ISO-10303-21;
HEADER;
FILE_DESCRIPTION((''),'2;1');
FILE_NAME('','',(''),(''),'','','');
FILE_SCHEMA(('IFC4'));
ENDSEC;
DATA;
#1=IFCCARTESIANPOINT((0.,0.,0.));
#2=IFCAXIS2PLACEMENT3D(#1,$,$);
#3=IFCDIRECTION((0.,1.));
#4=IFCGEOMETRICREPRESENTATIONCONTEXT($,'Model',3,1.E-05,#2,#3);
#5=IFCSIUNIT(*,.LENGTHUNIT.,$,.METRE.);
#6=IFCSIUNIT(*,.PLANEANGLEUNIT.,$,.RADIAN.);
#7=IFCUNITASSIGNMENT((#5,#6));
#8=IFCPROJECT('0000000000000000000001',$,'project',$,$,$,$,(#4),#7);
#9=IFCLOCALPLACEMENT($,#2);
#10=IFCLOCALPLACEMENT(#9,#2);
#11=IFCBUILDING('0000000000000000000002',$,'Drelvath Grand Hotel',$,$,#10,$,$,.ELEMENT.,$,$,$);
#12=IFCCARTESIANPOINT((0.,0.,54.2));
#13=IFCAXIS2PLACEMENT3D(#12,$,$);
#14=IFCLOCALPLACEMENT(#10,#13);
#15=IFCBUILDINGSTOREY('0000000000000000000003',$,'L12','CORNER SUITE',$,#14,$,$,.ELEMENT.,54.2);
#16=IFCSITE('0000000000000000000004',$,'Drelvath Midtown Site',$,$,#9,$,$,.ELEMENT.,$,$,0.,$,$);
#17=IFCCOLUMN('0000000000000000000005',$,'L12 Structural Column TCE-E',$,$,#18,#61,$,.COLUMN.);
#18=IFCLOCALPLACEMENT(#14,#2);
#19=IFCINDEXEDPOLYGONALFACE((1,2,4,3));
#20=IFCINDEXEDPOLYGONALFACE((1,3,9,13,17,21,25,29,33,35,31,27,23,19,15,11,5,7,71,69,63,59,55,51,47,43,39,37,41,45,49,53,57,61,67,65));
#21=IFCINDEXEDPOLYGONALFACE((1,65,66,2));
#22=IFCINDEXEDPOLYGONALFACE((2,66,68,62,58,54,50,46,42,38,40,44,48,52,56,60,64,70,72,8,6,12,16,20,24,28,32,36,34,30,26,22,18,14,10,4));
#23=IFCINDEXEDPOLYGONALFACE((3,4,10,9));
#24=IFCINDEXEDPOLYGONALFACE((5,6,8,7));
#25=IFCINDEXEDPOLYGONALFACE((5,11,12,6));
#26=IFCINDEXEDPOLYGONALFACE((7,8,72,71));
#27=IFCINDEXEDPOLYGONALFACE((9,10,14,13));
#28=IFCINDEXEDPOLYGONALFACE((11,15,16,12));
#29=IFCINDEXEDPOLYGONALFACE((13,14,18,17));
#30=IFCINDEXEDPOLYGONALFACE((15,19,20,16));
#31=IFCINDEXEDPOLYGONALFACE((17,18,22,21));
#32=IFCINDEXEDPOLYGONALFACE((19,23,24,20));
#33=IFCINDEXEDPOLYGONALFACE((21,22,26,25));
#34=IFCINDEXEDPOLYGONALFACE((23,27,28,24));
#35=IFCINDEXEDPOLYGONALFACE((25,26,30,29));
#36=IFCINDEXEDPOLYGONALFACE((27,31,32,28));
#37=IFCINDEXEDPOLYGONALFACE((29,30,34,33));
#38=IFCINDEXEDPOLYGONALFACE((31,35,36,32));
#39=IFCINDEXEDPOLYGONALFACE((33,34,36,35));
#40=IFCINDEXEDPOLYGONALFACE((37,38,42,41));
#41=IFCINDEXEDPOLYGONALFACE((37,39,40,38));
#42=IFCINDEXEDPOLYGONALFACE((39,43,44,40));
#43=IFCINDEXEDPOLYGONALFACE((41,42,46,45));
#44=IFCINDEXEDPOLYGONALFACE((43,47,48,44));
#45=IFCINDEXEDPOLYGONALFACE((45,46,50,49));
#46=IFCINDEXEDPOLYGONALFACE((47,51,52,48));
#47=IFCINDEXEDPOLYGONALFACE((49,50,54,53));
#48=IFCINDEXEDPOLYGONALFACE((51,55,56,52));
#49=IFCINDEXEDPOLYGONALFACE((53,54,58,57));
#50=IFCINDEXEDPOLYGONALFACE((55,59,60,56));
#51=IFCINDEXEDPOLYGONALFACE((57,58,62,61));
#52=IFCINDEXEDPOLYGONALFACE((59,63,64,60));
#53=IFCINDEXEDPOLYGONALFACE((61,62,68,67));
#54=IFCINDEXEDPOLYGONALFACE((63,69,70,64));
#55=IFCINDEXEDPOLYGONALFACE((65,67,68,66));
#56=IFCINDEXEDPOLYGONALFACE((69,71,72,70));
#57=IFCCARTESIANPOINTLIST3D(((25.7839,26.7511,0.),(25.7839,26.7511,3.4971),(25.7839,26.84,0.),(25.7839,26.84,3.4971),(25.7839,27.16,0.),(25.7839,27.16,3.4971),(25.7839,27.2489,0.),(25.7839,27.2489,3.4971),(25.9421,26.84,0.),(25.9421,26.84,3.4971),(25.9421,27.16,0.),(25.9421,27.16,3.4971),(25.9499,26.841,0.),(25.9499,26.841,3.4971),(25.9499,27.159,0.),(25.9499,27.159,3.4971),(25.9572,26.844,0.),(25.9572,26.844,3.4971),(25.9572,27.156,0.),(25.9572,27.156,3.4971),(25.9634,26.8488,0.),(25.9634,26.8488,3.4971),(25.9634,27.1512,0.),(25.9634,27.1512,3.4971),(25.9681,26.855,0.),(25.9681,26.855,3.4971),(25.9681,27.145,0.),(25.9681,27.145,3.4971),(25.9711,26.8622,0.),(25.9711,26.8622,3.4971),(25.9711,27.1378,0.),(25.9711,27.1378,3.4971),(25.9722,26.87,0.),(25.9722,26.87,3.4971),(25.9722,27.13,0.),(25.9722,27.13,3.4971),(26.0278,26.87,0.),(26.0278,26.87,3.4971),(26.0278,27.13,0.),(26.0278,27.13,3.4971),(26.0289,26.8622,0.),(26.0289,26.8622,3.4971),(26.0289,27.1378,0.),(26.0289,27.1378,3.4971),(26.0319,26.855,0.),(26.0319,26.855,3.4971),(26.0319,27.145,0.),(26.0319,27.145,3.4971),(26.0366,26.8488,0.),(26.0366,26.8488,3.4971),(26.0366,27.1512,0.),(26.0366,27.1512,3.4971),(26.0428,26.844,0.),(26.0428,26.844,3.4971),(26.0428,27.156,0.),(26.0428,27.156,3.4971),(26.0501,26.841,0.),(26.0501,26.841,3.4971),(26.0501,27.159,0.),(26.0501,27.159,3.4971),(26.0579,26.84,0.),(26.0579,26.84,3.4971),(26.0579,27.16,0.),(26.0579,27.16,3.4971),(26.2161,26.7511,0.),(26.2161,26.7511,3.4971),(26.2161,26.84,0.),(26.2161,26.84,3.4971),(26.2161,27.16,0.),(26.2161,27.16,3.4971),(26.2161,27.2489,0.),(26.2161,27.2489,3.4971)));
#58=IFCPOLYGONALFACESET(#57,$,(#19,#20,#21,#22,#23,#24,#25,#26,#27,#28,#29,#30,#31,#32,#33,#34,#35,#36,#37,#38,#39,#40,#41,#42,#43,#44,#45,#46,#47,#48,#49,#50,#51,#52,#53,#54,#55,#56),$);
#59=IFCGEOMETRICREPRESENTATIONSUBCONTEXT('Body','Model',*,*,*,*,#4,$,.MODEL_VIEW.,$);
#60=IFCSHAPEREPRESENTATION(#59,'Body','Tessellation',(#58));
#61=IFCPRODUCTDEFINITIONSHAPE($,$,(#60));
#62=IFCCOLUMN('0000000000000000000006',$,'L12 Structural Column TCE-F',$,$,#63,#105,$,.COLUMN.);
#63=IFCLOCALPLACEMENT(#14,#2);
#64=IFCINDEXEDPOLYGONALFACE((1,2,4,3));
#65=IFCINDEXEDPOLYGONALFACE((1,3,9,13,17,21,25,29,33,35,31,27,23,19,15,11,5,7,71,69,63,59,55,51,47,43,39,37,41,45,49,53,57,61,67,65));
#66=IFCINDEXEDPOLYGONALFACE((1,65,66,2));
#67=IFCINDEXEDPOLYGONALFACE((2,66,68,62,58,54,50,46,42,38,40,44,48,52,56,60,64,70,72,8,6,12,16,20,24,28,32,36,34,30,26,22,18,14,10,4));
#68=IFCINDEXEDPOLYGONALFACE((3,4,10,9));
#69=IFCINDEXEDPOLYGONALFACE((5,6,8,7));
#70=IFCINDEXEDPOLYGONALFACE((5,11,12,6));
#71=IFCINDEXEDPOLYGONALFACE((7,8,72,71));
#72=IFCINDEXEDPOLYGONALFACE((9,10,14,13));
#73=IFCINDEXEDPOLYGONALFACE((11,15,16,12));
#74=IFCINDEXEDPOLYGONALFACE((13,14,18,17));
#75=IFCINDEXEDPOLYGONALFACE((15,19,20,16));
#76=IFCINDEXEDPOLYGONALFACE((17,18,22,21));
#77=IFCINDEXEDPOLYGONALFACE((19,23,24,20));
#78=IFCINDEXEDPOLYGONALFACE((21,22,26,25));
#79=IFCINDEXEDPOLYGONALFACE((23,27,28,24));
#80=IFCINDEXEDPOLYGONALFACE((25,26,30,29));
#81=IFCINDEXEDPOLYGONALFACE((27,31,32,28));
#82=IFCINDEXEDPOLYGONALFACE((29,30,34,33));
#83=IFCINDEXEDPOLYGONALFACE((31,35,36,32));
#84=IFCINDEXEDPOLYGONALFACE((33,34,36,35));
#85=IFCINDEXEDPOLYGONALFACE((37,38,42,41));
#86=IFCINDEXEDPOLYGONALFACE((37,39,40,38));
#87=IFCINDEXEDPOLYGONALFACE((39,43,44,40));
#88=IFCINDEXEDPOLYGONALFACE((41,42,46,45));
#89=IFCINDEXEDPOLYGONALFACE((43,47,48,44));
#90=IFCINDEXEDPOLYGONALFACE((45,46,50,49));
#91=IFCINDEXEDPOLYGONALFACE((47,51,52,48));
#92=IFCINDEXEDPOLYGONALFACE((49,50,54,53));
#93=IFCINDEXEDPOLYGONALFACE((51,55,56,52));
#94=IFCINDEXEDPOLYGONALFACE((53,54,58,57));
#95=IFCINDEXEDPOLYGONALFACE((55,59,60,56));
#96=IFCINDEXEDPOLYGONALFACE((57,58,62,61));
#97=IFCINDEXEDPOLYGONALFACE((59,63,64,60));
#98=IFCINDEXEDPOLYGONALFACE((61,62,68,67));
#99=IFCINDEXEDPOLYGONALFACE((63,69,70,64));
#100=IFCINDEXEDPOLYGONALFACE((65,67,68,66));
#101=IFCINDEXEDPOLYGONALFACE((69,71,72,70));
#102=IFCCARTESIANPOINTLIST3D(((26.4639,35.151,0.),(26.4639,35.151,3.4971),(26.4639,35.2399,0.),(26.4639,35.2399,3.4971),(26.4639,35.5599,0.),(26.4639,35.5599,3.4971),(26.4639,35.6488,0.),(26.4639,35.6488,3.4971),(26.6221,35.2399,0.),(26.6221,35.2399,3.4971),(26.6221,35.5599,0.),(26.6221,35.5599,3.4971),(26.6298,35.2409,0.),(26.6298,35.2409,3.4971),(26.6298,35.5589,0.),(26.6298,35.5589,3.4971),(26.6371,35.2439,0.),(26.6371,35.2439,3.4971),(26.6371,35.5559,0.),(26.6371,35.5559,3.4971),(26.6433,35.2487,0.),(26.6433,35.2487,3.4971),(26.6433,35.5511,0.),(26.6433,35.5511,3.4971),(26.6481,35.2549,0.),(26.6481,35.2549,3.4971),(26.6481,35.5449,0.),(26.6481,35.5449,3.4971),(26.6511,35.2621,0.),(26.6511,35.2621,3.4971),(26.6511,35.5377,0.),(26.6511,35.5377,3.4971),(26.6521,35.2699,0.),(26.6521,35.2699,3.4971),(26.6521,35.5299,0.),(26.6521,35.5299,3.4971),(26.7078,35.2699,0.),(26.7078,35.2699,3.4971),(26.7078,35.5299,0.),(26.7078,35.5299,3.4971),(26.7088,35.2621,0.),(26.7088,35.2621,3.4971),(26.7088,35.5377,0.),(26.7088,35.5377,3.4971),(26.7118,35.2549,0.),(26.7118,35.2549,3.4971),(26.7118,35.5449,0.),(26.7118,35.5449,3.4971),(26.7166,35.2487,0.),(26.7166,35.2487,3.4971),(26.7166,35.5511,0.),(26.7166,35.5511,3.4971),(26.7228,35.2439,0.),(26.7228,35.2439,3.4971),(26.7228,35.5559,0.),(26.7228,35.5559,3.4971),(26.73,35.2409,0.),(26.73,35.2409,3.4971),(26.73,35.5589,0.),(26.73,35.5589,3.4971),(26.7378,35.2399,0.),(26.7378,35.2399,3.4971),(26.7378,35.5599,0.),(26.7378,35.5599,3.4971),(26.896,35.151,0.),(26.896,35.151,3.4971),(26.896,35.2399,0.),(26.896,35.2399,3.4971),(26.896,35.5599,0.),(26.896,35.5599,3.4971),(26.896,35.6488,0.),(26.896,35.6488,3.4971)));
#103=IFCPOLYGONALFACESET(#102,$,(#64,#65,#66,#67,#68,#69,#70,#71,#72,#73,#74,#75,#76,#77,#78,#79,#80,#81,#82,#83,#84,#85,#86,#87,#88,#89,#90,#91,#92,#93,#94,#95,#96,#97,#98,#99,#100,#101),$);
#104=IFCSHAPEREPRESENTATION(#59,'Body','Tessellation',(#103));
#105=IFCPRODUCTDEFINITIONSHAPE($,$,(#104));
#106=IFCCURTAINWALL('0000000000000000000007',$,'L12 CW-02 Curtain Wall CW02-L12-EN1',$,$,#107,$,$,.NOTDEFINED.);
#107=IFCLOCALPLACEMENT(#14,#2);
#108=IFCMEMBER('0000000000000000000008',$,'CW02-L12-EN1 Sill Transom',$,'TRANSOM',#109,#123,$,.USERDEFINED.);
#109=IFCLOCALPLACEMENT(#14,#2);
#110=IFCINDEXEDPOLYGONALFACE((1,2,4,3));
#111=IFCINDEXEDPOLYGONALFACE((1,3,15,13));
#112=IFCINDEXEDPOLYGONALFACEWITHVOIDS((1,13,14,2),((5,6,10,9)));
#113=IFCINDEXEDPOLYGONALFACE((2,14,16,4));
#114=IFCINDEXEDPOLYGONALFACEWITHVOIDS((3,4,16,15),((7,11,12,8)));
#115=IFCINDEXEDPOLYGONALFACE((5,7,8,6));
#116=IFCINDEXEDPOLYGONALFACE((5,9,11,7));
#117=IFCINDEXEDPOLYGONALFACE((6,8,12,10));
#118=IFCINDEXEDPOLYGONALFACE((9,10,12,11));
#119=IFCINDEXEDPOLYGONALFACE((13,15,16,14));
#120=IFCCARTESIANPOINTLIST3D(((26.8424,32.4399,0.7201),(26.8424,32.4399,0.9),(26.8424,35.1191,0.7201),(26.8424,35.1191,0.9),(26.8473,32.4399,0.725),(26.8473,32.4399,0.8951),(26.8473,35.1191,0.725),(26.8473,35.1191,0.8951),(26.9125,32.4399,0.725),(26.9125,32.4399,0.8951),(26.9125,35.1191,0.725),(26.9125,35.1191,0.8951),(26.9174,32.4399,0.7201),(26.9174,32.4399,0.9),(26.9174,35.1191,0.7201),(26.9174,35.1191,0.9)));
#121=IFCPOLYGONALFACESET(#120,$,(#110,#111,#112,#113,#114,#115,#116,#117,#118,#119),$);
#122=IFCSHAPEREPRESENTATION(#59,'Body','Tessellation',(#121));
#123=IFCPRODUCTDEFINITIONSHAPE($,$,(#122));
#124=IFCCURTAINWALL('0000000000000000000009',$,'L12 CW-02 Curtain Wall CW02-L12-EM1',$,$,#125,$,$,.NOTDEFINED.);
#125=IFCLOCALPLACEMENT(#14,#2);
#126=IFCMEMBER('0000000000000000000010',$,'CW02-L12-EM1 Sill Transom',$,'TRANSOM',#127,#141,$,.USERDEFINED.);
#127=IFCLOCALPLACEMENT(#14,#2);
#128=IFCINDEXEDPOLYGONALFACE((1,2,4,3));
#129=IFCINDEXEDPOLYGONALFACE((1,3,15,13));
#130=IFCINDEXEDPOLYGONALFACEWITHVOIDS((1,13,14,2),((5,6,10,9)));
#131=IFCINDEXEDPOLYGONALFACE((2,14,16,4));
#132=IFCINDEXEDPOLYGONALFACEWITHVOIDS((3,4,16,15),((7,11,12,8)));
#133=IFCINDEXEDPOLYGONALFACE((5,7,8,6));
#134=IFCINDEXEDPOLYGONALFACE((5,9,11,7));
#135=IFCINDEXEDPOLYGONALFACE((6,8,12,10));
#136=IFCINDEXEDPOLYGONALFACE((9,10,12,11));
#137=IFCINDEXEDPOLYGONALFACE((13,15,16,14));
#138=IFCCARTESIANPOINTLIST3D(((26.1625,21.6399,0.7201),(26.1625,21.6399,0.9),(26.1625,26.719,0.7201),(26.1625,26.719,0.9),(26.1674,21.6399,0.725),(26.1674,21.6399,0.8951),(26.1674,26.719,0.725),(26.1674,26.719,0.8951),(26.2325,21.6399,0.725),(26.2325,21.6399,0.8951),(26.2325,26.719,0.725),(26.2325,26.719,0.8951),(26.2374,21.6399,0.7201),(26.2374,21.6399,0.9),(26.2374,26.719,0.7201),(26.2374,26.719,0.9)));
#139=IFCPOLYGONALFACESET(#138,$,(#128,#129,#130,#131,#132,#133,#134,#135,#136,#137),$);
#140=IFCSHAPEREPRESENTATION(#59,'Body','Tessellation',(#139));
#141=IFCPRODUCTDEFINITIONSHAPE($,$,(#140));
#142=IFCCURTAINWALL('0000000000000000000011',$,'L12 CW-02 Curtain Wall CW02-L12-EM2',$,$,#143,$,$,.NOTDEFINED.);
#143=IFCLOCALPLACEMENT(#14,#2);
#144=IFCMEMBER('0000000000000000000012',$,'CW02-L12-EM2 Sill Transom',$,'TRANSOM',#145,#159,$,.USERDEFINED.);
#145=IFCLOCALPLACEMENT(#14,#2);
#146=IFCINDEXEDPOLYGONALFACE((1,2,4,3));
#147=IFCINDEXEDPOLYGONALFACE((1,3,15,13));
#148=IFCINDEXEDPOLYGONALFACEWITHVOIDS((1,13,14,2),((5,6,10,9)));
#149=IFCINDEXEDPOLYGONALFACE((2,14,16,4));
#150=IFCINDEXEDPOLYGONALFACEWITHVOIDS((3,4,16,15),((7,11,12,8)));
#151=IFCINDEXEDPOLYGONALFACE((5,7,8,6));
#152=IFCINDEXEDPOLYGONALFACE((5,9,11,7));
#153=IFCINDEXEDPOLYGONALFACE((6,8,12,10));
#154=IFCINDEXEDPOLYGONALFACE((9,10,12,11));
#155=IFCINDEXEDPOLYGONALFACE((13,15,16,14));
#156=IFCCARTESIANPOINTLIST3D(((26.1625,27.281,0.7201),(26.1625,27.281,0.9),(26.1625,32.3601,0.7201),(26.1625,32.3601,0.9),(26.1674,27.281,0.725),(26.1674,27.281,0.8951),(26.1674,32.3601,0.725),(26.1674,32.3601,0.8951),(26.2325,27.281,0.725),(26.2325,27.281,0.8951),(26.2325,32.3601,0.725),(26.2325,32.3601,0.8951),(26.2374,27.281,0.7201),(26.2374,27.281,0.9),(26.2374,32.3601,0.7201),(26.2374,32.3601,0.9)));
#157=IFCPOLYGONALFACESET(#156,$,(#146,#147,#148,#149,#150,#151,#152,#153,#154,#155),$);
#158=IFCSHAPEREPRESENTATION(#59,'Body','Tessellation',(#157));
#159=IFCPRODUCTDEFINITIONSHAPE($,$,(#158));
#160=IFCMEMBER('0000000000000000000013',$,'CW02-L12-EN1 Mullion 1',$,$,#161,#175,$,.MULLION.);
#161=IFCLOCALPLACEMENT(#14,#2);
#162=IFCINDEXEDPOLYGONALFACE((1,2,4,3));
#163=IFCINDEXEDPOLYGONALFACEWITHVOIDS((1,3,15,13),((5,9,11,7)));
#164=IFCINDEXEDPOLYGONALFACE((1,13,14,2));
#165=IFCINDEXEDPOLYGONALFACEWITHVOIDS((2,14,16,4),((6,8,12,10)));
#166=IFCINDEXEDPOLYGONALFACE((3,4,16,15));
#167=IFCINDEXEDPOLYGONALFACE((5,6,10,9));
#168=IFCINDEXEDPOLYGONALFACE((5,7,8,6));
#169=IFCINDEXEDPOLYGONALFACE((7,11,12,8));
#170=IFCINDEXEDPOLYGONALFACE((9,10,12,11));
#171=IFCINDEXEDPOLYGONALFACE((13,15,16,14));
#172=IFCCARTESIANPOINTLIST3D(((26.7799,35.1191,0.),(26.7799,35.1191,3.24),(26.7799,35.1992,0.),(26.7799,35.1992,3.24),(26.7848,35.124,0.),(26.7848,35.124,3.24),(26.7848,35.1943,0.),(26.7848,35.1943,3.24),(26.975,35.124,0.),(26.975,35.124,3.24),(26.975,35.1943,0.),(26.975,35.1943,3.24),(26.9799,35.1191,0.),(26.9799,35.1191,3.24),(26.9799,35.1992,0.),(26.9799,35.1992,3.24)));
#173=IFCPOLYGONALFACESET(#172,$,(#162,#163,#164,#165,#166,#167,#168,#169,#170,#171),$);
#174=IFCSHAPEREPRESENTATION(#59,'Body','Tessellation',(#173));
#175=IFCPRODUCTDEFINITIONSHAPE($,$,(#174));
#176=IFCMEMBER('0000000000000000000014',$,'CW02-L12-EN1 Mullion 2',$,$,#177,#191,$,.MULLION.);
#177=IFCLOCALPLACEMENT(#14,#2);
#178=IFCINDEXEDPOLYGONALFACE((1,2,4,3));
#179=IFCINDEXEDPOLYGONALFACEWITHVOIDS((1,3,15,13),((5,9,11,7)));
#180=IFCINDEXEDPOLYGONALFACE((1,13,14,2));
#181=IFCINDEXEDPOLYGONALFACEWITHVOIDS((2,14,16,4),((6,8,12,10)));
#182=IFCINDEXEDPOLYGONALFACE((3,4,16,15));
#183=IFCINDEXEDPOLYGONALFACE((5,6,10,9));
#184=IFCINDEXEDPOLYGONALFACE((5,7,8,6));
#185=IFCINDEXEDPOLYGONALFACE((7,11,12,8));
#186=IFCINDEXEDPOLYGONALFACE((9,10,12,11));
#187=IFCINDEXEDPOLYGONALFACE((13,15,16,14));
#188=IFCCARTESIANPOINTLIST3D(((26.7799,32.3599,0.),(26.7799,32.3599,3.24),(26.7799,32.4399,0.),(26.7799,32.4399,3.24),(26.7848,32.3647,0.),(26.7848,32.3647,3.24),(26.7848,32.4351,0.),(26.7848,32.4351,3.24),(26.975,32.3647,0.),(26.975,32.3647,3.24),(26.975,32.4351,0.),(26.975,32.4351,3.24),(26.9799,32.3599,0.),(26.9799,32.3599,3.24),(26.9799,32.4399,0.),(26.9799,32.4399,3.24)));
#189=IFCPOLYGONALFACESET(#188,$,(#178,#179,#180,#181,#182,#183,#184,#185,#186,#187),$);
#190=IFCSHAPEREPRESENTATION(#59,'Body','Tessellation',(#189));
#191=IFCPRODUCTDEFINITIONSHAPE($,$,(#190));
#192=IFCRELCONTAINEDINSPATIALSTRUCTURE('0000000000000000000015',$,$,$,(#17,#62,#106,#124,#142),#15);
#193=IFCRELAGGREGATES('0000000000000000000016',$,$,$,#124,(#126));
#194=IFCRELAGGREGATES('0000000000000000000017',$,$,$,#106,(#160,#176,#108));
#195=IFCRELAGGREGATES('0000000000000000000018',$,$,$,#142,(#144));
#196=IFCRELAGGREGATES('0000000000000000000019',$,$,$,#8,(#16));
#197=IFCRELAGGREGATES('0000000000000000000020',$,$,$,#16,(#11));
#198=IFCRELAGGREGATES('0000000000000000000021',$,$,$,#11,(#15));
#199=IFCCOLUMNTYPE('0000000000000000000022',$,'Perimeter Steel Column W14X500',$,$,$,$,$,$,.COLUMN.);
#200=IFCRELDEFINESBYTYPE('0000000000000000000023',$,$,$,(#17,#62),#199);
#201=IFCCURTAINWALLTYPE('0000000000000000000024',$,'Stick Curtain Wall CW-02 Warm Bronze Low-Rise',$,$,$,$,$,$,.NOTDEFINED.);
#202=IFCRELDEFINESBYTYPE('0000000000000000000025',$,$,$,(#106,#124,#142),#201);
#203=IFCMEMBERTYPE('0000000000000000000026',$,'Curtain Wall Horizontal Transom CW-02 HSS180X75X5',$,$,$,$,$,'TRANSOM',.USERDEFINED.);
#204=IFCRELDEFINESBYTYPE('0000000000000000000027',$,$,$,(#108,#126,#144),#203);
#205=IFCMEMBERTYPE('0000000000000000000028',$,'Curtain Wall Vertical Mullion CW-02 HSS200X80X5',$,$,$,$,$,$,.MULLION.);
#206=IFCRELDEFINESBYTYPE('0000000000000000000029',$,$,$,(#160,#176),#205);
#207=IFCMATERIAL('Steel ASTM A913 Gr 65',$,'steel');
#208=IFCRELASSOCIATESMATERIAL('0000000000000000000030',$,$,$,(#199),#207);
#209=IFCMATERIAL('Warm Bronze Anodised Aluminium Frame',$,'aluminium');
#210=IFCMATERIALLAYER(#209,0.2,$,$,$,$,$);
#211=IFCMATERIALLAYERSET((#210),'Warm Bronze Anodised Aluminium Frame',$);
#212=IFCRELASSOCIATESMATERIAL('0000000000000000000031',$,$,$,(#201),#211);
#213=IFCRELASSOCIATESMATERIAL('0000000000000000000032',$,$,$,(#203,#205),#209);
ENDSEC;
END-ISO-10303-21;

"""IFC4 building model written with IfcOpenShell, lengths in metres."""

from ifc_helpers import new_model, si_unit, direction, frame, origin, origin_2d, place, context, subcontext, project, spatial, hollow_rectangle, i_section, extrude, material, layer, layer_set, material_profile, profile_set, type_object, element, aggregate, save


model = new_model("IFC4")

# Units and contexts
model_context = context("Model", 3, precision=1e-05, world=origin(), true_north=direction((0.0, 1.0)))
body_context = subcontext(model_context, "Body", "Model", "MODEL_VIEW")
ifc_project = project(units=[si_unit("LENGTHUNIT", "METRE"), si_unit("PLANEANGLEUNIT", "RADIAN")], contexts=[model_context])

# Site, building, storey
site_placement = place(None, origin())
site = spatial("IfcSite", under=ifc_project, at=site_placement, Name="Drelvath Midtown Site", CompositionType="ELEMENT", RefElevation=0.0)
building_placement = place(site_placement, origin())
building = spatial("IfcBuilding", under=site, at=building_placement, Name="Drelvath Grand Hotel", CompositionType="ELEMENT")
storey_placement = place(building_placement, frame((0.0, 0.0, 54.2)))
storey = spatial("IfcBuildingStorey", under=building, at=storey_placement, Name="L12", Description="CORNER SUITE", CompositionType="ELEMENT", Elevation=54.2)

# Columns
ifc_material_1 = material(Name="Steel ASTM A913 Gr 65", Category="steel")
ifc_material_profile_1 = material_profile(ifc_material_1, i_section(OverallWidth=0.4321, OverallDepth=0.4978, WebThickness=0.0557, FlangeThickness=0.0889, FilletRadius=0.03, at=origin_2d()), Name="W14X500")
ifc_profile_set_1 = profile_set([ifc_material_profile_1], Name="Steel ASTM A913 Gr 65")
column_type = type_object("IfcColumnType", Name="Perimeter Steel Column W14X500", PredefinedType="COLUMN", material=ifc_profile_set_1)
for number, where, z_axis, x_axis, name in (
    (1, (26.0, 27.0, 0.0), (0.0, 0.0, 1.0), (1.0, 0.0, 0.0), "L12 Structural Column TCE-E"),
    (2, (26.6799, 35.3999, 0.0), (0.0, 0.0, 1.0), (1.0, 0.0, 0.0), "L12 Structural Column TCE-F"),
):
    element("IfcColumn", number, at=place(storey_placement, frame(where, z_axis=z_axis, x_axis=x_axis)), inside=storey, type_object=column_type, Name=name, PredefinedType="COLUMN", context=body_context, shape_type="SweptSolid", body=[
        extrude(i_section(OverallWidth=0.4321, OverallDepth=0.4978, WebThickness=0.0557, FlangeThickness=0.0889, FilletRadius=0.03, at=origin_2d()), origin(), (0.0, 0.0, 1.0), 3.4971),
    ])

# Curtain walls, members
ifc_material_2 = material(Name="Warm Bronze Anodised Aluminium Frame", Category="aluminium")
ifc_layer_1 = layer(ifc_material_2, 0.2)
ifc_layer_set_1 = layer_set([ifc_layer_1], Name="Warm Bronze Anodised Aluminium Frame")
curtain_wall_type = type_object("IfcCurtainWallType", Name="Stick Curtain Wall CW-02 Warm Bronze Low-Rise", PredefinedType="NOTDEFINED", material=ifc_layer_set_1)
curtain_wall_1_placement = place(storey_placement, origin())
curtain_wall_1 = element("IfcCurtainWall", 3, at=curtain_wall_1_placement, inside=storey, type_object=curtain_wall_type, Name="L12 CW-02 Curtain Wall CW02-L12-EN1", PredefinedType="NOTDEFINED")
ifc_material_profile_2 = material_profile(ifc_material_2, hollow_rectangle(XDim=0.075, YDim=0.1799, WallThickness=0.0049, at=origin_2d()), Name="HSS180X75X5")
ifc_profile_set_2 = profile_set([ifc_material_profile_2], Name="Warm Bronze Anodised Aluminium Frame")
member_type_1 = type_object("IfcMemberType", Name="Curtain Wall Horizontal Transom CW-02 HSS180X75X5", ElementType="TRANSOM", PredefinedType="USERDEFINED", material=ifc_profile_set_2)
member_1_placement = place(storey_placement, frame((26.8799, 35.1191, 0.8101), z_axis=(0.0, -1.0, 0.0), x_axis=(1.0, 0.0, 0.0)))
member_1 = element("IfcMember", 4, at=member_1_placement, type_object=member_type_1, Name="CW02-L12-EN1 Sill Transom", ObjectType="TRANSOM", PredefinedType="USERDEFINED", context=body_context, shape_type="SweptSolid", body=[
    extrude(hollow_rectangle(XDim=0.075, YDim=0.1799, WallThickness=0.0049, at=origin_2d()), origin(), (0.0, 0.0, 1.0), 2.6792),
])
curtain_wall_2_placement = place(storey_placement, origin())
curtain_wall_2 = element("IfcCurtainWall", 5, at=curtain_wall_2_placement, inside=storey, type_object=curtain_wall_type, Name="L12 CW-02 Curtain Wall CW02-L12-EM1", PredefinedType="NOTDEFINED")
member_2_placement = place(storey_placement, frame((26.2, 26.719, 0.8101), z_axis=(0.0, -1.0, 0.0), x_axis=(1.0, 0.0, 0.0)))
member_2 = element("IfcMember", 6, at=member_2_placement, type_object=member_type_1, Name="CW02-L12-EM1 Sill Transom", ObjectType="TRANSOM", PredefinedType="USERDEFINED", context=body_context, shape_type="SweptSolid", body=[
    extrude(hollow_rectangle(XDim=0.075, YDim=0.1799, WallThickness=0.0049, at=origin_2d()), origin(), (0.0, 0.0, 1.0), 5.0791),
])
curtain_wall_3_placement = place(storey_placement, origin())
curtain_wall_3 = element("IfcCurtainWall", 7, at=curtain_wall_3_placement, inside=storey, type_object=curtain_wall_type, Name="L12 CW-02 Curtain Wall CW02-L12-EM2", PredefinedType="NOTDEFINED")
member_3_placement = place(storey_placement, frame((26.2, 32.3601, 0.8101), z_axis=(0.0, -1.0, 0.0), x_axis=(1.0, 0.0, 0.0)))
member_3 = element("IfcMember", 8, at=member_3_placement, type_object=member_type_1, Name="CW02-L12-EM2 Sill Transom", ObjectType="TRANSOM", PredefinedType="USERDEFINED", context=body_context, shape_type="SweptSolid", body=[
    extrude(hollow_rectangle(XDim=0.075, YDim=0.1799, WallThickness=0.0049, at=origin_2d()), origin(), (0.0, 0.0, 1.0), 5.0791),
])

# Members
ifc_material_profile_3 = material_profile(ifc_material_2, hollow_rectangle(XDim=0.0801, YDim=0.2, WallThickness=0.0049, at=origin_2d()), Name="HSS200X80X5")
ifc_profile_set_3 = profile_set([ifc_material_profile_3], Name="Warm Bronze Anodised Aluminium Frame")
member_type_2 = type_object("IfcMemberType", Name="Curtain Wall Vertical Mullion CW-02 HSS200X80X5", PredefinedType="MULLION", material=ifc_profile_set_3)
member_4_placement = place(storey_placement, frame((26.8799, 35.1592, 0.0), z_axis=(0.0, 0.0, 1.0), x_axis=(0.0, 1.0, 0.0)))
member_4 = element("IfcMember", 9, at=member_4_placement, type_object=member_type_2, Name="CW02-L12-EN1 Mullion 1", PredefinedType="MULLION", context=body_context, shape_type="SweptSolid", body=[
    extrude(hollow_rectangle(XDim=0.0801, YDim=0.2, WallThickness=0.0049, at=origin_2d()), origin(), (0.0, 0.0, 1.0), 3.24),
])
member_5_placement = place(storey_placement, frame((26.8799, 32.3999, 0.0), z_axis=(0.0, 0.0, 1.0), x_axis=(0.0, 1.0, 0.0)))
member_5 = element("IfcMember", 10, at=member_5_placement, type_object=member_type_2, Name="CW02-L12-EN1 Mullion 2", PredefinedType="MULLION", context=body_context, shape_type="SweptSolid", body=[
    extrude(hollow_rectangle(XDim=0.0801, YDim=0.2, WallThickness=0.0049, at=origin_2d()), origin(), (0.0, 0.0, 1.0), 3.24),
])

aggregate(curtain_wall_2, [member_2])

aggregate(curtain_wall_1, [member_4, member_5, member_1])
aggregate(curtain_wall_3, [member_3])

save(model, "model.ifc")
